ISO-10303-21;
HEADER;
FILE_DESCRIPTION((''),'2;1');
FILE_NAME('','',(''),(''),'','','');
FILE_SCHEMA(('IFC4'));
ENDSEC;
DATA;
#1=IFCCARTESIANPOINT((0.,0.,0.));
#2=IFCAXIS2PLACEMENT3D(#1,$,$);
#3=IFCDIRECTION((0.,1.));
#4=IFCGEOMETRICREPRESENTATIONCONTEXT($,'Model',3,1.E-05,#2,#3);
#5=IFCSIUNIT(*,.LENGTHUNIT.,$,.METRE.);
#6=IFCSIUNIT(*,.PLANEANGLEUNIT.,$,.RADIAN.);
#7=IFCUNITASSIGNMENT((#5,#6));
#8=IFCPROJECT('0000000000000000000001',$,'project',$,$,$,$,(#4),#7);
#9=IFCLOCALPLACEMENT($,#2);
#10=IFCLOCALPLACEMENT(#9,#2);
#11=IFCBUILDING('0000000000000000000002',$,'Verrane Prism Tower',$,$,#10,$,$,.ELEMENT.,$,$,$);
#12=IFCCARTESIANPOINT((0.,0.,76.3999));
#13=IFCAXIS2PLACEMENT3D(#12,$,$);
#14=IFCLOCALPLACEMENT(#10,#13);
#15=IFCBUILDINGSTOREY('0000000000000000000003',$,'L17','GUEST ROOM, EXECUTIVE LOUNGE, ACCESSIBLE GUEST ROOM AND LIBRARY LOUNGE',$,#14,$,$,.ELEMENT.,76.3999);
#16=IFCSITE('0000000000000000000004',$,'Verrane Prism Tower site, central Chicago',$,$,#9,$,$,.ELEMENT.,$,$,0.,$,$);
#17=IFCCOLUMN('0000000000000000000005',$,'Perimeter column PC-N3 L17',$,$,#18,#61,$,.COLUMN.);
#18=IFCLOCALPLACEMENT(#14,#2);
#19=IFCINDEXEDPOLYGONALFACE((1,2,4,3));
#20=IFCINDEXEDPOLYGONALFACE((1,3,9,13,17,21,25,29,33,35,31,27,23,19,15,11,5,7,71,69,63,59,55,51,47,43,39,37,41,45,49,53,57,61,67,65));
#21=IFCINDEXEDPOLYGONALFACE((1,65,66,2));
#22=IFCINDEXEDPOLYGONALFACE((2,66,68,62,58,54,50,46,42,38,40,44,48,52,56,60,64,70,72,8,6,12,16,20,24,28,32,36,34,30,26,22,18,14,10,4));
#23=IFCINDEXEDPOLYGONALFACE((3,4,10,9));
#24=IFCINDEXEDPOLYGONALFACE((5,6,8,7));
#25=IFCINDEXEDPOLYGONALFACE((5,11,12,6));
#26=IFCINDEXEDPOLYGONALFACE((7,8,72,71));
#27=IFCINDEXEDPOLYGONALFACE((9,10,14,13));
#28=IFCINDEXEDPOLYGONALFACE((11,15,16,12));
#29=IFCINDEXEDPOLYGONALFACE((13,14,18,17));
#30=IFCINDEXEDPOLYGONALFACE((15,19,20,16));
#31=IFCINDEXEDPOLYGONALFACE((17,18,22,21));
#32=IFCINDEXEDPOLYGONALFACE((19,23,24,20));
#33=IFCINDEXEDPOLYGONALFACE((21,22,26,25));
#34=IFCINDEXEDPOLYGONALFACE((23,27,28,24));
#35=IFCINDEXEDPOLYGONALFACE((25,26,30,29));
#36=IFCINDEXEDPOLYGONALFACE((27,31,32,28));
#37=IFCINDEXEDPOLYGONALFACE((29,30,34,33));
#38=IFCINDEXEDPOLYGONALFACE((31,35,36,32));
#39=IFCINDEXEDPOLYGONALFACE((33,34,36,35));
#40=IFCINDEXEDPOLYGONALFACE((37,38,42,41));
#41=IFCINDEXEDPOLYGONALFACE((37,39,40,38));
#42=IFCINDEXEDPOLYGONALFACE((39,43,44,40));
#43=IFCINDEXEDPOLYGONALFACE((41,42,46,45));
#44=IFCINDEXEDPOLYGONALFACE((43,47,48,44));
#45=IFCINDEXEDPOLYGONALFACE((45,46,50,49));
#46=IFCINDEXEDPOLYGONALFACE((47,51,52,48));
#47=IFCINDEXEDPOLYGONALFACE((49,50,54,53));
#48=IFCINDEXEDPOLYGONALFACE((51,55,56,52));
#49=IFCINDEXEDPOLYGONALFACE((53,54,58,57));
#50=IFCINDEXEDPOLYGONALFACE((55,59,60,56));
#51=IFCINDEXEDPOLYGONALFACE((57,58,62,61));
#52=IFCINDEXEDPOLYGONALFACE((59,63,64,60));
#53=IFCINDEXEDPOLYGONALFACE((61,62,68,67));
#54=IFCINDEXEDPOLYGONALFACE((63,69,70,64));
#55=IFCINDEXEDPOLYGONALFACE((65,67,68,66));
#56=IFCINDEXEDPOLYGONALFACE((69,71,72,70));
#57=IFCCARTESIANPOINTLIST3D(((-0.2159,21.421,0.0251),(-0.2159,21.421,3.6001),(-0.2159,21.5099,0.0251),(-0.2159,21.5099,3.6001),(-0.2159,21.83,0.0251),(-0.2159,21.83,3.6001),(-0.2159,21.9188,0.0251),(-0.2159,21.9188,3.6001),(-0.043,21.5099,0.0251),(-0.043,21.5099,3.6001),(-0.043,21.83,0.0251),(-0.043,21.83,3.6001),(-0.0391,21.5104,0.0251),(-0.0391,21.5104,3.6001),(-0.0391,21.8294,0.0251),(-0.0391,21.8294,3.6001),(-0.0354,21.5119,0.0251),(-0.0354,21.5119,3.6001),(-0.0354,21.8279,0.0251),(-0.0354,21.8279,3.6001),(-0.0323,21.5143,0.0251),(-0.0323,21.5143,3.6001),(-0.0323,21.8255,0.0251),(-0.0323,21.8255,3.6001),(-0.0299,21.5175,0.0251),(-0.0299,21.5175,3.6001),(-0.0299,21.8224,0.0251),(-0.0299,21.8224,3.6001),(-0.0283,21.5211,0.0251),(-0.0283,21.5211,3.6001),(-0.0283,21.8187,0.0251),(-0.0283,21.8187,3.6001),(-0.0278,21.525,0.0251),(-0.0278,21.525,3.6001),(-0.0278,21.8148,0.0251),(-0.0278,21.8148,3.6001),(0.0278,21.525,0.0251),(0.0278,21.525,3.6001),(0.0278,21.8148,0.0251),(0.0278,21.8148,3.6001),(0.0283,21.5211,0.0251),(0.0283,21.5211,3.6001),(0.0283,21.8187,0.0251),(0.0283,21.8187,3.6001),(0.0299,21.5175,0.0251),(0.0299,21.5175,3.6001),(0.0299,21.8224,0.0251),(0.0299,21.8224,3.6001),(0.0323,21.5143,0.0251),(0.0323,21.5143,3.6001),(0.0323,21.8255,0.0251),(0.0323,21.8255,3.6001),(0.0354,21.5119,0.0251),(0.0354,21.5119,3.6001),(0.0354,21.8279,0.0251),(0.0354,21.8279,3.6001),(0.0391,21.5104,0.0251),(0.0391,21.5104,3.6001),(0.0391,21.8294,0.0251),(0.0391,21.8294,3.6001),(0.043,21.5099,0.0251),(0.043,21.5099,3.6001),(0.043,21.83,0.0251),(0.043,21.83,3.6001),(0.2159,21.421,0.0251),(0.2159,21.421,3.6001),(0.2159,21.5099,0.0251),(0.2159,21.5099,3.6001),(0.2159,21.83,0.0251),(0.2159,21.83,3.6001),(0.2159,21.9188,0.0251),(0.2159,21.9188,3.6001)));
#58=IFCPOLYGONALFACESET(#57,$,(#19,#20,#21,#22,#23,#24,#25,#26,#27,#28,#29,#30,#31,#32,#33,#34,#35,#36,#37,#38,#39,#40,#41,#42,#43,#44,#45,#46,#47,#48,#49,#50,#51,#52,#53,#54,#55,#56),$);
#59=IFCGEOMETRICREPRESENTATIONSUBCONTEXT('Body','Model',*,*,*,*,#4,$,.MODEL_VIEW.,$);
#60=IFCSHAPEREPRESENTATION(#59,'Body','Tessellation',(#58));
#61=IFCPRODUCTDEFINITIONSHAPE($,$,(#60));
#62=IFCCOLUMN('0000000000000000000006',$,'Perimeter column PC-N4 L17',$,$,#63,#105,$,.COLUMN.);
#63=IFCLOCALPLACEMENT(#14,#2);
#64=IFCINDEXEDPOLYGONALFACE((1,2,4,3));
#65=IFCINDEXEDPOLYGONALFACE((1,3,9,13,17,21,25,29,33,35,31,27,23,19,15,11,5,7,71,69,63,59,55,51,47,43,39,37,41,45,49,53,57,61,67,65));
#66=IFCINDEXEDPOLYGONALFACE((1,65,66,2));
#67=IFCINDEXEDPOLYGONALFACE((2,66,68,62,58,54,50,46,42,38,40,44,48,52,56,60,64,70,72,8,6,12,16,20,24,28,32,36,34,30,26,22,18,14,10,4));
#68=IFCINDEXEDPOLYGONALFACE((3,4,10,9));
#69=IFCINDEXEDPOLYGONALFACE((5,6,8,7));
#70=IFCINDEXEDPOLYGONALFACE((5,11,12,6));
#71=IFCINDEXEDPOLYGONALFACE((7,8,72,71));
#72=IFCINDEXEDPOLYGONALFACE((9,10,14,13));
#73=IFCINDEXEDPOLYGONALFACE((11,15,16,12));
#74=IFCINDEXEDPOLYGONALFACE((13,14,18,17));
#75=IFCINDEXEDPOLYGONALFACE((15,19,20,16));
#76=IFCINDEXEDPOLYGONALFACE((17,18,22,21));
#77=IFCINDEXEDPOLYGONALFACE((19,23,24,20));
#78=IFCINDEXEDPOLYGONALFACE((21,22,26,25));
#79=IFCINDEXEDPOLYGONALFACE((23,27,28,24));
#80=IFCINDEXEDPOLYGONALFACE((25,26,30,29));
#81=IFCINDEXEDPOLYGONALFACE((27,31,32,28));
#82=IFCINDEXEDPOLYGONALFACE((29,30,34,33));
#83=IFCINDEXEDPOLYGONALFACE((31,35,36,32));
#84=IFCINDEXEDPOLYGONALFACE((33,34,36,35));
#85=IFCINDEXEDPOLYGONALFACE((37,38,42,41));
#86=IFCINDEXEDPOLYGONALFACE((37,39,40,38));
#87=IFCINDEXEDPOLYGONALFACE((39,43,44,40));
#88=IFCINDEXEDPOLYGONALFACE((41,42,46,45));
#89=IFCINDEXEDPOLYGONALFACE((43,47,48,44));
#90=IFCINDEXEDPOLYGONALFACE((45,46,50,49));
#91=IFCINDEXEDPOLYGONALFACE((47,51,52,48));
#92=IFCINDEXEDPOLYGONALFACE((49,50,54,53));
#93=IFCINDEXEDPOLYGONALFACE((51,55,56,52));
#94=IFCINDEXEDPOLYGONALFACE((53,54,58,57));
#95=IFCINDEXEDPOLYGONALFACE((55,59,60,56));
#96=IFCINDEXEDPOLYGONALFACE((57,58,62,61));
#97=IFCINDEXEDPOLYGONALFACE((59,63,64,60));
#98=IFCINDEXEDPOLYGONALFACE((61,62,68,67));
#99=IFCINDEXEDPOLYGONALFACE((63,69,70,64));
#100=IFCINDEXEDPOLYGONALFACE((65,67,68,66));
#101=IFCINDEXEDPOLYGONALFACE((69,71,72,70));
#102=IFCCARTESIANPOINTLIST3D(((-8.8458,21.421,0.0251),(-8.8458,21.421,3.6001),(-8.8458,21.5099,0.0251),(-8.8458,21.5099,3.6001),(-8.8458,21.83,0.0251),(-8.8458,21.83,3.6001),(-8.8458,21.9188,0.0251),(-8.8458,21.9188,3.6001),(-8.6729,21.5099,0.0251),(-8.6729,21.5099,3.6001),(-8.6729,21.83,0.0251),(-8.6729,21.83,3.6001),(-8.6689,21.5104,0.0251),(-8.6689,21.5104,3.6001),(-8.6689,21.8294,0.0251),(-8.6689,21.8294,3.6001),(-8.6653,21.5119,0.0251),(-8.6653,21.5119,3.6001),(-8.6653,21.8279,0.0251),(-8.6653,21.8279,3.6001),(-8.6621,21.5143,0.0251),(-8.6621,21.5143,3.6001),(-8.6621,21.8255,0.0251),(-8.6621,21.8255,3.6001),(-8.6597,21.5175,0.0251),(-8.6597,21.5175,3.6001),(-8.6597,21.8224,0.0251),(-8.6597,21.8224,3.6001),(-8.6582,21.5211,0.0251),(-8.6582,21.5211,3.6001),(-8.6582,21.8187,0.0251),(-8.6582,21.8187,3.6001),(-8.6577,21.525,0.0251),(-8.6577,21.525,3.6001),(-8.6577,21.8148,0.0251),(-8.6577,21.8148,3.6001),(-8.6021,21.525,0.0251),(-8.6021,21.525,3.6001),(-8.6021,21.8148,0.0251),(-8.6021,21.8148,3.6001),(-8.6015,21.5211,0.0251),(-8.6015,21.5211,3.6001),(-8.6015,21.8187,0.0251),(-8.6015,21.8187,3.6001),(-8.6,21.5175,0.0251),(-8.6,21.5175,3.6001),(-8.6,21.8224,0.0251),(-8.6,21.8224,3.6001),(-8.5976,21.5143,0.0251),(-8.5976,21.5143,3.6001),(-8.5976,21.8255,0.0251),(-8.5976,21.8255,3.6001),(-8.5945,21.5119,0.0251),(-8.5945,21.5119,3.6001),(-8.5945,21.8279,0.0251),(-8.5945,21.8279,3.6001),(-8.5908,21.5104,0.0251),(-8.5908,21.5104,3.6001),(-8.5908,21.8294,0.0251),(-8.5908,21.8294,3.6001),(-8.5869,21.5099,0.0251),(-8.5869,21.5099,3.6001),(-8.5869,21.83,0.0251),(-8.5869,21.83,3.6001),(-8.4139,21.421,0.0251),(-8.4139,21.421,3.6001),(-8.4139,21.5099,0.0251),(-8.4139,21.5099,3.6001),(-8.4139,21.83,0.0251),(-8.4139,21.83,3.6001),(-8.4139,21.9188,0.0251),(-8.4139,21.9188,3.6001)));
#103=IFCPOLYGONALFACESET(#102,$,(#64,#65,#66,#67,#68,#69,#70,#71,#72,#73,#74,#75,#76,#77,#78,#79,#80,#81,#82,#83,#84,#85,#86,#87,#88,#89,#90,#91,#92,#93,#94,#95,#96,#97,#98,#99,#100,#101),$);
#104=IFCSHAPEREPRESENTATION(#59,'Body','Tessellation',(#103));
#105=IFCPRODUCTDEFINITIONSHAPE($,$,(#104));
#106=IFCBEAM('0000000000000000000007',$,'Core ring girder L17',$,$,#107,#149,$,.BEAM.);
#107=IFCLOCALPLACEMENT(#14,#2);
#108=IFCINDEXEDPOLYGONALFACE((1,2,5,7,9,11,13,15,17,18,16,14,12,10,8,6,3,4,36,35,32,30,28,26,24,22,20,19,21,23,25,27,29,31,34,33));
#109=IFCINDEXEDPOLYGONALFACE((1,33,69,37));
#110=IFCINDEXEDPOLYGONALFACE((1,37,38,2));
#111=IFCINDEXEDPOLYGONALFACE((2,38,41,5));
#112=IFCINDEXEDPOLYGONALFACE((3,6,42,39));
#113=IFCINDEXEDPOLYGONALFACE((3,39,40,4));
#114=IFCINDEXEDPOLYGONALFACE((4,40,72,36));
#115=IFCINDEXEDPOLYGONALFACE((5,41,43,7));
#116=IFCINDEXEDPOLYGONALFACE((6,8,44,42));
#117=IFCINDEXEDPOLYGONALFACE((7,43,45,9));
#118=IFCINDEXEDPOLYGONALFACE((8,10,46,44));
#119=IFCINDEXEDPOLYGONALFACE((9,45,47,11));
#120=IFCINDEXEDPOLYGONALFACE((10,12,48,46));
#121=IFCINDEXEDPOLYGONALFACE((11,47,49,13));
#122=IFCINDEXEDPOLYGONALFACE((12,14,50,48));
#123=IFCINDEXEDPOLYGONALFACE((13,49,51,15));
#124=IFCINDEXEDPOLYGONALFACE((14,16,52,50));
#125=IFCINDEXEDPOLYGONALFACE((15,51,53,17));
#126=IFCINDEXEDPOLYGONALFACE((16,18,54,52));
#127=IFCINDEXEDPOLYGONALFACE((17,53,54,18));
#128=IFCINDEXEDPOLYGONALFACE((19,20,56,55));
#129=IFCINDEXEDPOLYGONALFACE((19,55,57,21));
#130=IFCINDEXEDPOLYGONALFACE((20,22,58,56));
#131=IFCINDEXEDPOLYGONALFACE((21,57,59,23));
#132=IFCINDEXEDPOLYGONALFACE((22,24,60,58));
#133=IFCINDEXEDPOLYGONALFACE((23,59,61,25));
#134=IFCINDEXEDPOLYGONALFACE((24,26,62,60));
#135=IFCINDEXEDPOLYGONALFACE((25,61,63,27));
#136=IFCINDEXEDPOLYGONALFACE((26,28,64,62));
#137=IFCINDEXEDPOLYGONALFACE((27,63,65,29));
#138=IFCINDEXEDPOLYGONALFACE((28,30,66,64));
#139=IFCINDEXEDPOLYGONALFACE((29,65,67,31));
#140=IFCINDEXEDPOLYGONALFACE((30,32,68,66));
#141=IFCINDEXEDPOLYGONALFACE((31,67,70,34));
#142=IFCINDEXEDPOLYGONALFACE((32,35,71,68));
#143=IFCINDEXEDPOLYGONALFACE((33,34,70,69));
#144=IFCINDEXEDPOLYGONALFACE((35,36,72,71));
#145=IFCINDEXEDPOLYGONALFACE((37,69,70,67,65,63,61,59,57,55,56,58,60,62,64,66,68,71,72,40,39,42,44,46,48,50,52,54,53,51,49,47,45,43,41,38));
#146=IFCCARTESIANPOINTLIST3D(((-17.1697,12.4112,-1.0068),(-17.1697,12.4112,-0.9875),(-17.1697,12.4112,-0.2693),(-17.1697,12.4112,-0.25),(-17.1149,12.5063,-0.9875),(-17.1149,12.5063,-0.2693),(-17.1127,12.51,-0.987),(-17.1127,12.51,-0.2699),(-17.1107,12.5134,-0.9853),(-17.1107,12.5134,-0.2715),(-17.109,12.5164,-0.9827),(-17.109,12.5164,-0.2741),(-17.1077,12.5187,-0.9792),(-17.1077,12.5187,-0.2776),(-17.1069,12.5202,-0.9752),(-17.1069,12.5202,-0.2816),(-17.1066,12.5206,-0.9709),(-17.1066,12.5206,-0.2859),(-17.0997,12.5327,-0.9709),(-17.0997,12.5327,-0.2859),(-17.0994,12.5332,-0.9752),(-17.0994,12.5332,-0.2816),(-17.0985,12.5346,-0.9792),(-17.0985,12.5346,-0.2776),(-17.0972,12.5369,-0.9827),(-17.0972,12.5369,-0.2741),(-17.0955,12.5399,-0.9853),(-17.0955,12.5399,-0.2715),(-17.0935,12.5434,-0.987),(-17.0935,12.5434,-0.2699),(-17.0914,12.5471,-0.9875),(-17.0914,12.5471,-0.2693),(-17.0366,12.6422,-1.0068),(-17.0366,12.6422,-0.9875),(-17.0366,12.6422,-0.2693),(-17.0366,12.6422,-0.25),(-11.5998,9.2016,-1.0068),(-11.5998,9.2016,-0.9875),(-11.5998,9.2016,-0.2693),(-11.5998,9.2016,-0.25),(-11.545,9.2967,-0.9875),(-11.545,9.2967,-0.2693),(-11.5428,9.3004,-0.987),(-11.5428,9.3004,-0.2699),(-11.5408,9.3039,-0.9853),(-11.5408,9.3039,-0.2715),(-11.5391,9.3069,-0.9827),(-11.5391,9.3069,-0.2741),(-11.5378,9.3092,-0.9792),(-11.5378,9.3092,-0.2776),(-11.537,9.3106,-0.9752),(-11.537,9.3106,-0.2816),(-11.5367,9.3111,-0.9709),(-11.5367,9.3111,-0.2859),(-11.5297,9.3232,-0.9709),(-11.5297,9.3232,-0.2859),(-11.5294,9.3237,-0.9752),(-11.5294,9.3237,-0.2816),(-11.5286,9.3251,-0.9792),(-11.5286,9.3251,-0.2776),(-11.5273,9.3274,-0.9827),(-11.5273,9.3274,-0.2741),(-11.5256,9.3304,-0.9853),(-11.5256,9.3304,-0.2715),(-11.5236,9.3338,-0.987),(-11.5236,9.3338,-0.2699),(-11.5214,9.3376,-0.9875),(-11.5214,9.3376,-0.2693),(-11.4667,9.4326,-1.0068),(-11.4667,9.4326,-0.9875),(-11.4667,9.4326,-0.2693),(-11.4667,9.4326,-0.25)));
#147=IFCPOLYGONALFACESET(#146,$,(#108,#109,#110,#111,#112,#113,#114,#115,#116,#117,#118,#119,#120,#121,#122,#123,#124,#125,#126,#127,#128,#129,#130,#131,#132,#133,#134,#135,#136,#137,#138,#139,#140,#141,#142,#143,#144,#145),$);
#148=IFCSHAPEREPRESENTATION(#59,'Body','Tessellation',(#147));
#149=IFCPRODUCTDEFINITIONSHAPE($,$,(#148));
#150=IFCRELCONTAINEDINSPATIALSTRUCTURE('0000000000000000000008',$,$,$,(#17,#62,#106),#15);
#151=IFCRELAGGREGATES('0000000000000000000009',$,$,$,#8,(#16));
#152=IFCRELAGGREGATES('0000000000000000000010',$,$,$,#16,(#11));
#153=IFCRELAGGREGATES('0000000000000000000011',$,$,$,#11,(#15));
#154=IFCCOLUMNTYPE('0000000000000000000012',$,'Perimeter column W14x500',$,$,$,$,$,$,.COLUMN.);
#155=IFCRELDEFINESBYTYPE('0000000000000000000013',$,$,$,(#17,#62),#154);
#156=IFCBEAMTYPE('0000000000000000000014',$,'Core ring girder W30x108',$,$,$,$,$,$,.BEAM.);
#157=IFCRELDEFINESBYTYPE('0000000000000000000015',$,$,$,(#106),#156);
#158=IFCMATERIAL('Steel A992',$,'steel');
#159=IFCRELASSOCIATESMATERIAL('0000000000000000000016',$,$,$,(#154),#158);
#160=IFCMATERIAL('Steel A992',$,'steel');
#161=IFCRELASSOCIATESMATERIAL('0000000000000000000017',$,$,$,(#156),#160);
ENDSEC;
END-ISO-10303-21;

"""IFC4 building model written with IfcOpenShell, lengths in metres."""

from ifc_helpers import new_model, si_unit, direction, frame, origin, origin_2d, place, context, subcontext, project, spatial, i_section, extrude, material, material_profile, profile_set, type_object, element, save


model = new_model("IFC4")

# Units and contexts
model_context = context("Model", 3, precision=1e-05, world=origin(), true_north=direction((0.0, 1.0)))
body_context = subcontext(model_context, "Body", "Model", "MODEL_VIEW")
ifc_project = project(units=[si_unit("LENGTHUNIT", "METRE"), si_unit("PLANEANGLEUNIT", "RADIAN")], contexts=[model_context])

# Site, building, storey
site_placement = place(None, origin())
site = spatial("IfcSite", under=ifc_project, at=site_placement, Name="Verrane Prism Tower site, central Chicago", CompositionType="ELEMENT", RefElevation=0.0)
building_placement = place(site_placement, origin())
building = spatial("IfcBuilding", under=site, at=building_placement, Name="Verrane Prism Tower", CompositionType="ELEMENT")
storey_placement = place(building_placement, frame((0.0, 0.0, 76.3999)))
storey = spatial("IfcBuildingStorey", under=building, at=storey_placement, Name="L17", Description="GUEST ROOM, EXECUTIVE LOUNGE, ACCESSIBLE GUEST ROOM AND LIBRARY LOUNGE", CompositionType="ELEMENT", Elevation=76.3999)

# Columns
ifc_material_1 = material(Name="Steel A992", Category="steel")
ifc_material_profile_1 = material_profile(ifc_material_1, i_section(OverallWidth=0.4319, OverallDepth=0.4978, WebThickness=0.0557, FlangeThickness=0.0889, FilletRadius=0.0151, at=origin_2d()), Name="W14x500")
ifc_profile_set_1 = profile_set([ifc_material_profile_1], Name="Steel A992")
column_type = type_object("IfcColumnType", Name="Perimeter column W14x500", PredefinedType="COLUMN", material=ifc_profile_set_1)
for number, where, z_axis, x_axis, name in (
    (1, (0.0, 21.6699, 0.0251), (0.0, 0.0, 1.0), (1.0, 0.0, 0.0), "Perimeter column PC-N3 L17"),
    (2, (-8.6299, 21.6699, 0.0251), (0.0, 0.0, 1.0), (1.0, 0.0, 0.0), "Perimeter column PC-N4 L17"),
):
    element("IfcColumn", number, at=place(storey_placement, frame(where, z_axis=z_axis, x_axis=x_axis)), inside=storey, type_object=column_type, Name=name, PredefinedType="COLUMN", context=body_context, shape_type="SweptSolid", body=[
        extrude(i_section(OverallWidth=0.4319, OverallDepth=0.4978, WebThickness=0.0557, FlangeThickness=0.0889, FilletRadius=0.0151, at=origin_2d()), origin(), (0.0, 0.0, 1.0), 3.575),
    ])

# Beam
ifc_material_2 = material(Name="Steel A992", Category="steel")
ifc_material_profile_2 = material_profile(ifc_material_2, i_section(OverallWidth=0.2666, OverallDepth=0.7568, WebThickness=0.0139, FlangeThickness=0.0193, FilletRadius=0.0166, at=origin_2d()), Name="W30x108")
ifc_profile_set_2 = profile_set([ifc_material_profile_2], Name="Steel A992")
beam_type_1 = type_object("IfcBeamType", Name="Core ring girder W30x108", PredefinedType="BEAM", material=ifc_profile_set_2)
beam_1_placement = place(storey_placement, frame((-11.5332, 9.3171, -0.6284), z_axis=(-0.866447, 0.499269, 0.0), x_axis=(-0.499269, -0.866447, 0.0)))
element("IfcBeam", 3, at=beam_1_placement, inside=storey, type_object=beam_type_1, Name="Core ring girder L17", PredefinedType="BEAM", context=body_context, shape_type="SweptSolid", body=[
    extrude(i_section(OverallWidth=0.2666, OverallDepth=0.7568, WebThickness=0.0139, FlangeThickness=0.0193, FilletRadius=0.0166, at=origin_2d()), origin(), (0.0, 0.0, 1.0), 6.4285),
])

save(model, "model.ifc")
